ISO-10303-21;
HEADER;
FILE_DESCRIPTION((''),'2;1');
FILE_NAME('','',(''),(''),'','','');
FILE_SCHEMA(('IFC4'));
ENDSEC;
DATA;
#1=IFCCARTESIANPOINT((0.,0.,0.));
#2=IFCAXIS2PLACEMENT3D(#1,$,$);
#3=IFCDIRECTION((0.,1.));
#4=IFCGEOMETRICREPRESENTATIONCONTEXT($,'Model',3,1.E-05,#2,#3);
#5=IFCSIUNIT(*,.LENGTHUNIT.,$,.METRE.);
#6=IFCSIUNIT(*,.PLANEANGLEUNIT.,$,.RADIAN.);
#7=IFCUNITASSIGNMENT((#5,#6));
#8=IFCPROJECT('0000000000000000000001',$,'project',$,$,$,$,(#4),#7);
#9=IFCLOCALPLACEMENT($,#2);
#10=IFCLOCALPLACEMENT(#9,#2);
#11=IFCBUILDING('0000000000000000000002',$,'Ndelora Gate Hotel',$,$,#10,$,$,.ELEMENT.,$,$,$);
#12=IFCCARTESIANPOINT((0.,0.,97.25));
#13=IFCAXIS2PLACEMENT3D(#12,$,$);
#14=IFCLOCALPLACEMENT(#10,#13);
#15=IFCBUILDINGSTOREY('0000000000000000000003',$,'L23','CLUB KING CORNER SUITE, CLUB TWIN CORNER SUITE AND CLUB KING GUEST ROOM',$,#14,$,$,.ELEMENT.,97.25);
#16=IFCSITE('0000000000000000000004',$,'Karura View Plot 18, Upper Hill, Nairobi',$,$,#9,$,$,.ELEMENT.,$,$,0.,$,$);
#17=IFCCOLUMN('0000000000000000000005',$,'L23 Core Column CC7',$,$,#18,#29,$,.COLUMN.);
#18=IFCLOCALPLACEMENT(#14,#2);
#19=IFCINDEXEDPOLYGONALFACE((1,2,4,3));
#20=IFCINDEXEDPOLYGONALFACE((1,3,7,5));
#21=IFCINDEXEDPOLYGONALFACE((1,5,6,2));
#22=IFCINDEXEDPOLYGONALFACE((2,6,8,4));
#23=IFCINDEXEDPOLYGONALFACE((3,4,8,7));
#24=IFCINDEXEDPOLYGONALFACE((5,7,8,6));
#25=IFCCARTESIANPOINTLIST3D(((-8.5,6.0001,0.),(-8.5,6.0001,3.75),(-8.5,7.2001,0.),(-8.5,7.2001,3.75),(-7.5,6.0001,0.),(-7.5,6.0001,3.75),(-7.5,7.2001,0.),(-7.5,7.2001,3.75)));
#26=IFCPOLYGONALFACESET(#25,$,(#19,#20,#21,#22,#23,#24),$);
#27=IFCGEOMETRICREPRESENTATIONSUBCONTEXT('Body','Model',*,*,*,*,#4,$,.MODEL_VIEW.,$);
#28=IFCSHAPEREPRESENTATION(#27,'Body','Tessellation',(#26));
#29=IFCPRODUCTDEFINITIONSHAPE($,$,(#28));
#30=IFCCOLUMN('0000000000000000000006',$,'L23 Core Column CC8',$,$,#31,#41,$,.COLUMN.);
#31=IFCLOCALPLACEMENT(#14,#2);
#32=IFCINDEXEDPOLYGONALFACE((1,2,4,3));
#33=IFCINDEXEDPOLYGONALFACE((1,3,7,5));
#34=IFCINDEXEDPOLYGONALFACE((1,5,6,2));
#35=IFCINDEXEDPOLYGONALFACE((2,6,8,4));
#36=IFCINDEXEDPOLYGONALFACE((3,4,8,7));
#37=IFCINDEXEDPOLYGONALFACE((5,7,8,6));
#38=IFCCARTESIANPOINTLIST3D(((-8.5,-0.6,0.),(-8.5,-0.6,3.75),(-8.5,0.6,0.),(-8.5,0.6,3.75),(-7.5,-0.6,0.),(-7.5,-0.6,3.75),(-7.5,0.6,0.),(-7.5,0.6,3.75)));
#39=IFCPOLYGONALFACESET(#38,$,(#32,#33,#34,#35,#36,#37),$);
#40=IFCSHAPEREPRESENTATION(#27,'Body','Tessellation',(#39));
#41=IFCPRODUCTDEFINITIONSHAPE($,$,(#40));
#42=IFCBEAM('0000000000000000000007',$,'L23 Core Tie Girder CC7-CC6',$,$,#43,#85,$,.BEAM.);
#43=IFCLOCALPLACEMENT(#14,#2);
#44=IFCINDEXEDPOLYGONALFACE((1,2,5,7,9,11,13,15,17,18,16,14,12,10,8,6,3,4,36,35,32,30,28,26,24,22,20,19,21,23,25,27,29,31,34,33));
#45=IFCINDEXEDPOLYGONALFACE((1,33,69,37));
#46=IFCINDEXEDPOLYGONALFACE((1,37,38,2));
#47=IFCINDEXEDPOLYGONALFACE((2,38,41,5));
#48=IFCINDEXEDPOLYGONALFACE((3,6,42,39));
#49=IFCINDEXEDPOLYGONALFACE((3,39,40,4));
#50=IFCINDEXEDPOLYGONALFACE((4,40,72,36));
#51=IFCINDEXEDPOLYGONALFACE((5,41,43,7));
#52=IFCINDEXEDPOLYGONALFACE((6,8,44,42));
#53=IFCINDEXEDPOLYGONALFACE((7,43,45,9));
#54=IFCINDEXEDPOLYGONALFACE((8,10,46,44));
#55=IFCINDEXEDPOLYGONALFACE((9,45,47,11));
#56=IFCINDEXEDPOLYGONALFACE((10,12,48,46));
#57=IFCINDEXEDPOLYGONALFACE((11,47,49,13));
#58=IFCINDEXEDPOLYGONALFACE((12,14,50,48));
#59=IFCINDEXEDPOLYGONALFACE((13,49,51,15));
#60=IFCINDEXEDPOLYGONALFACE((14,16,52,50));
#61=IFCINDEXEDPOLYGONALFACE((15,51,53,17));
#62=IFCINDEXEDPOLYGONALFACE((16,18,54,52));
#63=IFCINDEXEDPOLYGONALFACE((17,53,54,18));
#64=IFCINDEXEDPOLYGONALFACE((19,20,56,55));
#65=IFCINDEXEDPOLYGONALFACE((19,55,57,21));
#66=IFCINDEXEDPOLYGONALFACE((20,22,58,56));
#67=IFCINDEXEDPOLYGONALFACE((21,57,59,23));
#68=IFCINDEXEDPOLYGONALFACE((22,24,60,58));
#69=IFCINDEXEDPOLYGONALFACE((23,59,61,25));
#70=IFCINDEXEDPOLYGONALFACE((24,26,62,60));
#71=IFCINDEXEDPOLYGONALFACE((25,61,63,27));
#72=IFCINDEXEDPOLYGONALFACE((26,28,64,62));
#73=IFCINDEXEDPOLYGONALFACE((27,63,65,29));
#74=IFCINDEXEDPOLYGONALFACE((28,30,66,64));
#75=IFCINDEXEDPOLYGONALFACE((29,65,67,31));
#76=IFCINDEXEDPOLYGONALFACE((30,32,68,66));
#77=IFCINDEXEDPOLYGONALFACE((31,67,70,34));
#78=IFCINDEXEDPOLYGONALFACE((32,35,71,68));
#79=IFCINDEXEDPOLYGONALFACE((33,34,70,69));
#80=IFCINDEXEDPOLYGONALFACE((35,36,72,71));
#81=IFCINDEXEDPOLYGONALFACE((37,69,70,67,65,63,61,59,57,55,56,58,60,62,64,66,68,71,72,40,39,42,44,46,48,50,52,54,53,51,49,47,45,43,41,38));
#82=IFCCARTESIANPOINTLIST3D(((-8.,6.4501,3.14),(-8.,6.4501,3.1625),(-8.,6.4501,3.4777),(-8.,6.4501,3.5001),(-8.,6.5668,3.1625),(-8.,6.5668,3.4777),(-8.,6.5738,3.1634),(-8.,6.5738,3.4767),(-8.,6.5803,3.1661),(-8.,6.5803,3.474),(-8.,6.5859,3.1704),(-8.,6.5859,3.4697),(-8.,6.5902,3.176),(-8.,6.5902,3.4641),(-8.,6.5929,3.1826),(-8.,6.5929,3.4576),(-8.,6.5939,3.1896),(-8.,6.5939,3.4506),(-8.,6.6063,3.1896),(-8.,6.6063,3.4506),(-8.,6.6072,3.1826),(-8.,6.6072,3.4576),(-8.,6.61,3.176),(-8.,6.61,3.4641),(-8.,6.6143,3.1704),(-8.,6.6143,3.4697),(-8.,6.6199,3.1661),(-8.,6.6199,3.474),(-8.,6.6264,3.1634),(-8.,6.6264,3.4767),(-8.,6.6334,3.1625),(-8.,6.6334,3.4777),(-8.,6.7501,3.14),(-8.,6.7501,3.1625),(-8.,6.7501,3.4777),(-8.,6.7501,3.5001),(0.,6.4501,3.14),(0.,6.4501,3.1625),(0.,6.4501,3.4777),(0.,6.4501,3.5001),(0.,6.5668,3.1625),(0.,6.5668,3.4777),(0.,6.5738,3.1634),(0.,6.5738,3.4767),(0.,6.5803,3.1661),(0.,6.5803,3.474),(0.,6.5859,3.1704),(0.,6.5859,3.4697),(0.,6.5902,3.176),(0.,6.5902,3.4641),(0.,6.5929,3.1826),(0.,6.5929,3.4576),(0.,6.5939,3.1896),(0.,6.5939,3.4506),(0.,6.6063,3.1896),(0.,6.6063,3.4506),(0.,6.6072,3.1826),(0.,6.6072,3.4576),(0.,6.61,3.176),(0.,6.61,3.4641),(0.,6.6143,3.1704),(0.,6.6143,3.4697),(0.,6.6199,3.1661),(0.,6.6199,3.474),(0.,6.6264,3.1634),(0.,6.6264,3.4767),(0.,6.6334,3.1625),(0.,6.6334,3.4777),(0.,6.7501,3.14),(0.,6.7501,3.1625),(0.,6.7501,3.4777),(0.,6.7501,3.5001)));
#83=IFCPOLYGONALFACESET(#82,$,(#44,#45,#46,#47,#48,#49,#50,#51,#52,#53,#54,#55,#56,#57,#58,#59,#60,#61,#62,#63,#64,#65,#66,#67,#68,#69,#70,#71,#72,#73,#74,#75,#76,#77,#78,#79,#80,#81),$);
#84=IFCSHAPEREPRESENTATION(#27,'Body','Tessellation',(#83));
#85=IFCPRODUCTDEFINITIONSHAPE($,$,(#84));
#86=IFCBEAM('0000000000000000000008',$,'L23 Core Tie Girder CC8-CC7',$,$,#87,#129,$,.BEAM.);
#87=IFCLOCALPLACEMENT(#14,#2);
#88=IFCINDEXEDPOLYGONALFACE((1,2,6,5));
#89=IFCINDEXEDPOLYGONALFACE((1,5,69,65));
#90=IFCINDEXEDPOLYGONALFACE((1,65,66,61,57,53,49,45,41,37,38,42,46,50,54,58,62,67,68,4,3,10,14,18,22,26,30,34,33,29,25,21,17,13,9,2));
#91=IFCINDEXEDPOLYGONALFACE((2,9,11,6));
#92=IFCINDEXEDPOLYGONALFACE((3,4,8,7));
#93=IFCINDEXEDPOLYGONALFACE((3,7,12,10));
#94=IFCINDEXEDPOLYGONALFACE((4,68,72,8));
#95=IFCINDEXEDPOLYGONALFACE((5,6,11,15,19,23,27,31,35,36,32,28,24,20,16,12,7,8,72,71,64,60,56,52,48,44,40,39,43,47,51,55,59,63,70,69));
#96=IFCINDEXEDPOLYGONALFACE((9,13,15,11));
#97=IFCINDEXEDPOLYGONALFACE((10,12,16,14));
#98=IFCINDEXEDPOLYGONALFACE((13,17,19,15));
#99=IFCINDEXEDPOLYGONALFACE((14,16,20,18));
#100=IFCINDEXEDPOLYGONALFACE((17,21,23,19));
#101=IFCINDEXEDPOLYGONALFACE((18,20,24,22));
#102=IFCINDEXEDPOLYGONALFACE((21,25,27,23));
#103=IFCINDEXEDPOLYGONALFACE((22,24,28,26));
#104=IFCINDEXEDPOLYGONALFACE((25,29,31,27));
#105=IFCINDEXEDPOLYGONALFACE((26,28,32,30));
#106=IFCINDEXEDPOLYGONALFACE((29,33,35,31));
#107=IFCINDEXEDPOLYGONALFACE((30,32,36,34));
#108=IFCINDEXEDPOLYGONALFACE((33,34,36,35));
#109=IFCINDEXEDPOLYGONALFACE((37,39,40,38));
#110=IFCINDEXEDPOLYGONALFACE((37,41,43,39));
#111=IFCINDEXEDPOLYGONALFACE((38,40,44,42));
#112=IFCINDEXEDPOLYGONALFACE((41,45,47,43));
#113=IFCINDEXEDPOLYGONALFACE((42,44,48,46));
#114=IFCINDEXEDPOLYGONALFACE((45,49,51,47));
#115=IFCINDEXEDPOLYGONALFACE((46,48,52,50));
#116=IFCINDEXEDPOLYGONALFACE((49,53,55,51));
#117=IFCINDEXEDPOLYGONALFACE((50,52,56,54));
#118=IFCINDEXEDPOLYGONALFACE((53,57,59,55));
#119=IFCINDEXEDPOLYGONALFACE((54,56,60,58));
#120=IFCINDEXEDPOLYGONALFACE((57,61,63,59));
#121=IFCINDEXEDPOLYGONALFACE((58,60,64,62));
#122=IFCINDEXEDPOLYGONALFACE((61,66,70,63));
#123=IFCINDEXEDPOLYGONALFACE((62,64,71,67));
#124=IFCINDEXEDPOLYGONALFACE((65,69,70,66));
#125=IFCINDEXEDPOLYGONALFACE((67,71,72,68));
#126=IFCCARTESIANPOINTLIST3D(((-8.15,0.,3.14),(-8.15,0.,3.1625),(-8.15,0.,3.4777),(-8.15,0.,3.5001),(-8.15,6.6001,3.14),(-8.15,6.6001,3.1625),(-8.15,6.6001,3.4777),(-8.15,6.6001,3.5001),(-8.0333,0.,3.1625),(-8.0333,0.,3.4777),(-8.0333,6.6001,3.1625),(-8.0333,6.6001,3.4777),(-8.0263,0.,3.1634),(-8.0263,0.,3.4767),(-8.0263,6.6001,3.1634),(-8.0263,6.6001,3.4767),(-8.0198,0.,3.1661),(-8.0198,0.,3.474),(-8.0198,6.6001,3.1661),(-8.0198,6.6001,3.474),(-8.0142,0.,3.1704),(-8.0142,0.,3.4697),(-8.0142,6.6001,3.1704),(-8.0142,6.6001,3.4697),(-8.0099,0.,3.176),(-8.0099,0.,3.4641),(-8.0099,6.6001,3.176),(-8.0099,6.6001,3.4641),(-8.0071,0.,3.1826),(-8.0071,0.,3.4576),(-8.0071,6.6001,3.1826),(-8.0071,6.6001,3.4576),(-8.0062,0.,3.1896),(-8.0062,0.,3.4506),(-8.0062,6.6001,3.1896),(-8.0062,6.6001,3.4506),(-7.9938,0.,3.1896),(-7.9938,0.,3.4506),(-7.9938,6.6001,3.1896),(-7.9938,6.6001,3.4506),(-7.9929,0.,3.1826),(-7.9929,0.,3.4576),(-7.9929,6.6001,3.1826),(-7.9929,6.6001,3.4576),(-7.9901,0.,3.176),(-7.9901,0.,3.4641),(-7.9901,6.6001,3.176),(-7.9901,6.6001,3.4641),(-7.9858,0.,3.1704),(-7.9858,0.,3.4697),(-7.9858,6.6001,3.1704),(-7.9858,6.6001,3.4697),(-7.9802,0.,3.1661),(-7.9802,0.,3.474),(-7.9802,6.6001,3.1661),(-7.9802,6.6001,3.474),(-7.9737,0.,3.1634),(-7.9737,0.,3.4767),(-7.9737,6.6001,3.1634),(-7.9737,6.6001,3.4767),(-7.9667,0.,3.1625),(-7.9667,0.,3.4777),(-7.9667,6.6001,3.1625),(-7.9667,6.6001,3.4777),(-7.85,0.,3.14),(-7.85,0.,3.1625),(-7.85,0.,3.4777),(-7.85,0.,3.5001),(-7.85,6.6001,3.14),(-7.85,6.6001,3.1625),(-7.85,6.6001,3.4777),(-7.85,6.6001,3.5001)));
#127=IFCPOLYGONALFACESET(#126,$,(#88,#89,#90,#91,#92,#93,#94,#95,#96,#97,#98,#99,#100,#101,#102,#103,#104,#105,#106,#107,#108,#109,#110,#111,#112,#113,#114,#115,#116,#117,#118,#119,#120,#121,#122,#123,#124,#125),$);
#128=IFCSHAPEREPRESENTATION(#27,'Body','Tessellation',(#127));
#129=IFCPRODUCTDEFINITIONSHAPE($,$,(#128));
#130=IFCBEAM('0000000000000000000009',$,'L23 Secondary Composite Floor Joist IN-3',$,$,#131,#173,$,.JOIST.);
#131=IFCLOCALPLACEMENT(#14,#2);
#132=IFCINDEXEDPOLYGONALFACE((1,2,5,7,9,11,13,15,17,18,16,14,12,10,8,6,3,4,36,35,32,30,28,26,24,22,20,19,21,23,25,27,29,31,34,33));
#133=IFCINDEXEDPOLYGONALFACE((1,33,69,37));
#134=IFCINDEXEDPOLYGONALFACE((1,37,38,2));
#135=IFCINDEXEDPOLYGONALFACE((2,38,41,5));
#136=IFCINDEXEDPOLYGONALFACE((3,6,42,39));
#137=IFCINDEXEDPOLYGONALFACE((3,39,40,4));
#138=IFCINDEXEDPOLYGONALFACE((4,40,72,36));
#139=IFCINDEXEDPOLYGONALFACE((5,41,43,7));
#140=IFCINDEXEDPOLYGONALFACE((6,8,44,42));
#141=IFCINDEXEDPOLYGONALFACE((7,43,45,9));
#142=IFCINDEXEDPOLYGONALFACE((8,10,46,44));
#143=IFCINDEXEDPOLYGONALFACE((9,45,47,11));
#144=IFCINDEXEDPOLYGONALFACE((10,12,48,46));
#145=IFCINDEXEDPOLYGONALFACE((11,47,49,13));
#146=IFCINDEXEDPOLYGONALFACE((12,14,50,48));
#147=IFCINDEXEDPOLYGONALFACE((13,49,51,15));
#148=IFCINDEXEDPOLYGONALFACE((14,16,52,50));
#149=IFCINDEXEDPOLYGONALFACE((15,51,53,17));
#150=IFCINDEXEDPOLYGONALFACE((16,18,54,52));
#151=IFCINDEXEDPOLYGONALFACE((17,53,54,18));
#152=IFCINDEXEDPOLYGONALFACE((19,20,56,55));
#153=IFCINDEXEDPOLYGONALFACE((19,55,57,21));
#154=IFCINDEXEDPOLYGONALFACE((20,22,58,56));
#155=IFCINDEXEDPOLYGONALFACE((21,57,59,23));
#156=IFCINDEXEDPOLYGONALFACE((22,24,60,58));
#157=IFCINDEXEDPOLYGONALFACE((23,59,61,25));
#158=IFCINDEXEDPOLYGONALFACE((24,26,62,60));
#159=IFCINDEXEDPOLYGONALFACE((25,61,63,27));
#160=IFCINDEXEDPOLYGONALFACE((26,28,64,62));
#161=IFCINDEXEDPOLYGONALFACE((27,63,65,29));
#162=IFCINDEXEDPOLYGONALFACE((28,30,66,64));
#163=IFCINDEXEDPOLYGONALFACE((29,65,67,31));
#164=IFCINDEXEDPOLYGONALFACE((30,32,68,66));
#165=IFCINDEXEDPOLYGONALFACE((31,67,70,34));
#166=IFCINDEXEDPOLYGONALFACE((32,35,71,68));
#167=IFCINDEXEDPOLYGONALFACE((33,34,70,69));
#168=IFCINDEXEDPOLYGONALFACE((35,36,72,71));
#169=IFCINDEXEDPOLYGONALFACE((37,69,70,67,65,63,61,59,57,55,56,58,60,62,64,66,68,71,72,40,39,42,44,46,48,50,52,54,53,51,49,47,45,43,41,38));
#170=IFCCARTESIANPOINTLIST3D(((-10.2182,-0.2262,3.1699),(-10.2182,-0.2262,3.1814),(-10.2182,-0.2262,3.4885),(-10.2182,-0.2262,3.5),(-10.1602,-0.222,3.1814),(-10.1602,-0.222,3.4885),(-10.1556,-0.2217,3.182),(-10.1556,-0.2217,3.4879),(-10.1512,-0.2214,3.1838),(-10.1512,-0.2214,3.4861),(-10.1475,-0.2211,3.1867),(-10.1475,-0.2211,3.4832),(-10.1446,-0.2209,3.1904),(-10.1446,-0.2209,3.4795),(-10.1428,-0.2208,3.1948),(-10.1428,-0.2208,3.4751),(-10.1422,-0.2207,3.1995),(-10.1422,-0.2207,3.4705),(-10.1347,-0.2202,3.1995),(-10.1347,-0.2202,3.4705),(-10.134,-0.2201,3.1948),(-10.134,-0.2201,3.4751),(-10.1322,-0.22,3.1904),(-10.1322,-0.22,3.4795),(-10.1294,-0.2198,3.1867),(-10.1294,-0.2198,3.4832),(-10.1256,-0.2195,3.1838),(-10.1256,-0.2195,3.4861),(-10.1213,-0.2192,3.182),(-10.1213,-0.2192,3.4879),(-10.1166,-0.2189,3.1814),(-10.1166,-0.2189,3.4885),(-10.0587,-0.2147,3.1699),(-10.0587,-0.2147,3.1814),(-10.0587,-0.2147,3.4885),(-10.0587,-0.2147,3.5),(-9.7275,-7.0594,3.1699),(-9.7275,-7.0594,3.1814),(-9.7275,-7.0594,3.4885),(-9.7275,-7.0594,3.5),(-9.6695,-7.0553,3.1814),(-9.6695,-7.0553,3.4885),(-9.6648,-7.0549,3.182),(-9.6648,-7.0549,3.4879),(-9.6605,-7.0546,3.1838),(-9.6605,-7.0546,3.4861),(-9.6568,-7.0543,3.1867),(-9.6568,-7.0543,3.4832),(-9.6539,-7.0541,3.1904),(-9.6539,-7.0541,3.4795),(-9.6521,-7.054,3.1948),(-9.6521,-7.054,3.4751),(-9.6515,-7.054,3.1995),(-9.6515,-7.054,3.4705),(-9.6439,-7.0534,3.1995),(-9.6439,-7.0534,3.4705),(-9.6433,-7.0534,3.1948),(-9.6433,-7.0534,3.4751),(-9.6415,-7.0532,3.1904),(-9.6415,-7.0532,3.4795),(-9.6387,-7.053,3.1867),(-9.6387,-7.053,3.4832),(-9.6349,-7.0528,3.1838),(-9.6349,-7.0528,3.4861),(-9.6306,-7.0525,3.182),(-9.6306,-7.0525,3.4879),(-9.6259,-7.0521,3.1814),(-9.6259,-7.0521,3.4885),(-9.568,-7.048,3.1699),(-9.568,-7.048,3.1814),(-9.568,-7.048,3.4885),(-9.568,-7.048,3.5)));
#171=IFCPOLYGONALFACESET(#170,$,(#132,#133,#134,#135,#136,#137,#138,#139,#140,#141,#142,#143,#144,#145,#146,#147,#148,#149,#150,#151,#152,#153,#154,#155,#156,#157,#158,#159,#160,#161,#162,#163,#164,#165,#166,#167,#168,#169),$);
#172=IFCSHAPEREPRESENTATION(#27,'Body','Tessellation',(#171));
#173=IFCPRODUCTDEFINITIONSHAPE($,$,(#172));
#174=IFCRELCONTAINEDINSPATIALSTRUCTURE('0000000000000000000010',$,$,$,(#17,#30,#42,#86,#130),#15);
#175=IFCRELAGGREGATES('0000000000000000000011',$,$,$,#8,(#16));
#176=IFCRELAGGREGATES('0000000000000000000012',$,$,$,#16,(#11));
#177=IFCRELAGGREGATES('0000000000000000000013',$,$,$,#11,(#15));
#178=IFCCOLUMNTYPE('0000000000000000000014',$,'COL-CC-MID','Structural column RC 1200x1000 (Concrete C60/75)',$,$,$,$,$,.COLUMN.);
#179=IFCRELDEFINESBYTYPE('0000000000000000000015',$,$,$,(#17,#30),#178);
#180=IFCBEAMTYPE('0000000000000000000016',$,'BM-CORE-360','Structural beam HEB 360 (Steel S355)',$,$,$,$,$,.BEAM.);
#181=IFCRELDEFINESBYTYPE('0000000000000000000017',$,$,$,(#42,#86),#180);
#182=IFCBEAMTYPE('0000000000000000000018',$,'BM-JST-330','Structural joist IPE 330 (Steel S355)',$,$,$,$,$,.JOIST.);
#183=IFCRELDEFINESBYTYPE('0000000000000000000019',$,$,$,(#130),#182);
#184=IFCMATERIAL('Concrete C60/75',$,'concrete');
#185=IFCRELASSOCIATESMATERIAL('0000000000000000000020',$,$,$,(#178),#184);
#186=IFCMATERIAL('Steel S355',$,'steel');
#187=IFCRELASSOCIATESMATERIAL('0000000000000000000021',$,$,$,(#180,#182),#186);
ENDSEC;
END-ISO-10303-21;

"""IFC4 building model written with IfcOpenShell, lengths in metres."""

from ifc_helpers import new_model, si_unit, direction, frame, origin, origin_2d, place, context, subcontext, project, spatial, rectangle, i_section, extrude, material, material_profile, profile_set, type_object, element, save


model = new_model("IFC4")

# Units and contexts
model_context = context("Model", 3, precision=1e-05, world=origin(), true_north=direction((0.0, 1.0)))
body_context = subcontext(model_context, "Body", "Model", "MODEL_VIEW")
ifc_project = project(units=[si_unit("LENGTHUNIT", "METRE"), si_unit("PLANEANGLEUNIT", "RADIAN")], contexts=[model_context])

# Site, building, storey
site_placement = place(None, origin())
site = spatial("IfcSite", under=ifc_project, at=site_placement, Name="Karura View Plot 18, Upper Hill, Nairobi", CompositionType="ELEMENT", RefElevation=0.0)
building_placement = place(site_placement, origin())
building = spatial("IfcBuilding", under=site, at=building_placement, Name="Ndelora Gate Hotel", CompositionType="ELEMENT")
storey_placement = place(building_placement, frame((0.0, 0.0, 97.25)))
storey = spatial("IfcBuildingStorey", under=building, at=storey_placement, Name="L23", Description="CLUB KING CORNER SUITE, CLUB TWIN CORNER SUITE AND CLUB KING GUEST ROOM", CompositionType="ELEMENT", Elevation=97.25)

# Columns
ifc_material_1 = material(Name="Concrete C60/75", Category="concrete")
ifc_material_profile_1 = material_profile(ifc_material_1, rectangle(XDim=1.0, YDim=1.2, at=origin_2d()), Name="RC 1200x1000")
ifc_profile_set_1 = profile_set([ifc_material_profile_1], Name="Concrete C60/75")
column_type = type_object("IfcColumnType", Name="COL-CC-MID", Description="Structural column RC 1200x1000 (Concrete C60/75)", PredefinedType="COLUMN", material=ifc_profile_set_1)
for number, where, z_axis, x_axis, name in (
    (1, (-8.0, 6.6001, 0.0), (0.0, 0.0, 1.0), (1.0, 0.0, 0.0), "L23 Core Column CC7"),
    (2, (-8.0, 0.0, 0.0), (0.0, 0.0, 1.0), (1.0, 0.0, 0.0), "L23 Core Column CC8"),
):
    element("IfcColumn", number, at=place(storey_placement, frame(where, z_axis=z_axis, x_axis=x_axis)), inside=storey, type_object=column_type, Name=name, PredefinedType="COLUMN", context=body_context, shape_type="SweptSolid", body=[
        extrude(rectangle(XDim=1.0, YDim=1.2, at=origin_2d()), origin(), (0.0, 0.0, 1.0), 3.75),
    ])

# Beams
ifc_material_2 = material(Name="Steel S355", Category="steel")
ifc_material_profile_2 = material_profile(ifc_material_2, i_section(OverallWidth=0.3, OverallDepth=0.3601, WebThickness=0.0125, FlangeThickness=0.0225, FilletRadius=0.0271, at=origin_2d()), Name="HEB 360")
ifc_profile_set_2 = profile_set([ifc_material_profile_2], Name="Steel S355")
beam_type_1 = type_object("IfcBeamType", Name="BM-CORE-360", Description="Structural beam HEB 360 (Steel S355)", PredefinedType="BEAM", material=ifc_profile_set_2)
beam_1_placement = place(storey_placement, frame((-8.0, 6.6001, 3.3201), z_axis=(1.0, 0.0, 0.0), x_axis=(0.0, 1.0, 0.0)))
element("IfcBeam", 3, at=beam_1_placement, inside=storey, type_object=beam_type_1, Name="L23 Core Tie Girder CC7-CC6", PredefinedType="BEAM", context=body_context, shape_type="SweptSolid", body=[
    extrude(i_section(OverallWidth=0.3, OverallDepth=0.3601, WebThickness=0.0125, FlangeThickness=0.0225, FilletRadius=0.0271, at=origin_2d()), origin(), (0.0, 0.0, 1.0), 8.0),
])
beam_2_placement = place(storey_placement, frame((-8.0, 0.0, 3.3201), z_axis=(0.0, 1.0, 0.0), x_axis=(-1.0, 0.0, 0.0)))
element("IfcBeam", 4, at=beam_2_placement, inside=storey, type_object=beam_type_1, Name="L23 Core Tie Girder CC8-CC7", PredefinedType="BEAM", context=body_context, shape_type="SweptSolid", body=[
    extrude(i_section(OverallWidth=0.3, OverallDepth=0.3601, WebThickness=0.0125, FlangeThickness=0.0225, FilletRadius=0.0271, at=origin_2d()), origin(), (0.0, 0.0, 1.0), 6.6001),
])
ifc_material_profile_3 = material_profile(ifc_material_2, i_section(OverallWidth=0.1599, OverallDepth=0.3301, WebThickness=0.0076, FlangeThickness=0.0115, FilletRadius=0.0181, at=origin_2d()), Name="IPE 330")
ifc_profile_set_3 = profile_set([ifc_material_profile_3], Name="Steel S355")
beam_type_2 = type_object("IfcBeamType", Name="BM-JST-330", Description="Structural joist IPE 330 (Steel S355)", PredefinedType="JOIST", material=ifc_profile_set_3)
beam_3_placement = place(storey_placement, frame((-10.1384, -0.2205, 3.335), z_axis=(0.071629, -0.997431, 0.0), x_axis=(0.997431, 0.071629, 0.0)))
element("IfcBeam", 5, at=beam_3_placement, inside=storey, type_object=beam_type_2, Name="L23 Secondary Composite Floor Joist IN-3", PredefinedType="JOIST", context=body_context, shape_type="SweptSolid", body=[
    extrude(i_section(OverallWidth=0.1599, OverallDepth=0.3301, WebThickness=0.0076, FlangeThickness=0.0115, FilletRadius=0.0181, at=origin_2d()), origin(), (0.0, 0.0, 1.0), 6.8508),
])

save(model, "model.ifc")
